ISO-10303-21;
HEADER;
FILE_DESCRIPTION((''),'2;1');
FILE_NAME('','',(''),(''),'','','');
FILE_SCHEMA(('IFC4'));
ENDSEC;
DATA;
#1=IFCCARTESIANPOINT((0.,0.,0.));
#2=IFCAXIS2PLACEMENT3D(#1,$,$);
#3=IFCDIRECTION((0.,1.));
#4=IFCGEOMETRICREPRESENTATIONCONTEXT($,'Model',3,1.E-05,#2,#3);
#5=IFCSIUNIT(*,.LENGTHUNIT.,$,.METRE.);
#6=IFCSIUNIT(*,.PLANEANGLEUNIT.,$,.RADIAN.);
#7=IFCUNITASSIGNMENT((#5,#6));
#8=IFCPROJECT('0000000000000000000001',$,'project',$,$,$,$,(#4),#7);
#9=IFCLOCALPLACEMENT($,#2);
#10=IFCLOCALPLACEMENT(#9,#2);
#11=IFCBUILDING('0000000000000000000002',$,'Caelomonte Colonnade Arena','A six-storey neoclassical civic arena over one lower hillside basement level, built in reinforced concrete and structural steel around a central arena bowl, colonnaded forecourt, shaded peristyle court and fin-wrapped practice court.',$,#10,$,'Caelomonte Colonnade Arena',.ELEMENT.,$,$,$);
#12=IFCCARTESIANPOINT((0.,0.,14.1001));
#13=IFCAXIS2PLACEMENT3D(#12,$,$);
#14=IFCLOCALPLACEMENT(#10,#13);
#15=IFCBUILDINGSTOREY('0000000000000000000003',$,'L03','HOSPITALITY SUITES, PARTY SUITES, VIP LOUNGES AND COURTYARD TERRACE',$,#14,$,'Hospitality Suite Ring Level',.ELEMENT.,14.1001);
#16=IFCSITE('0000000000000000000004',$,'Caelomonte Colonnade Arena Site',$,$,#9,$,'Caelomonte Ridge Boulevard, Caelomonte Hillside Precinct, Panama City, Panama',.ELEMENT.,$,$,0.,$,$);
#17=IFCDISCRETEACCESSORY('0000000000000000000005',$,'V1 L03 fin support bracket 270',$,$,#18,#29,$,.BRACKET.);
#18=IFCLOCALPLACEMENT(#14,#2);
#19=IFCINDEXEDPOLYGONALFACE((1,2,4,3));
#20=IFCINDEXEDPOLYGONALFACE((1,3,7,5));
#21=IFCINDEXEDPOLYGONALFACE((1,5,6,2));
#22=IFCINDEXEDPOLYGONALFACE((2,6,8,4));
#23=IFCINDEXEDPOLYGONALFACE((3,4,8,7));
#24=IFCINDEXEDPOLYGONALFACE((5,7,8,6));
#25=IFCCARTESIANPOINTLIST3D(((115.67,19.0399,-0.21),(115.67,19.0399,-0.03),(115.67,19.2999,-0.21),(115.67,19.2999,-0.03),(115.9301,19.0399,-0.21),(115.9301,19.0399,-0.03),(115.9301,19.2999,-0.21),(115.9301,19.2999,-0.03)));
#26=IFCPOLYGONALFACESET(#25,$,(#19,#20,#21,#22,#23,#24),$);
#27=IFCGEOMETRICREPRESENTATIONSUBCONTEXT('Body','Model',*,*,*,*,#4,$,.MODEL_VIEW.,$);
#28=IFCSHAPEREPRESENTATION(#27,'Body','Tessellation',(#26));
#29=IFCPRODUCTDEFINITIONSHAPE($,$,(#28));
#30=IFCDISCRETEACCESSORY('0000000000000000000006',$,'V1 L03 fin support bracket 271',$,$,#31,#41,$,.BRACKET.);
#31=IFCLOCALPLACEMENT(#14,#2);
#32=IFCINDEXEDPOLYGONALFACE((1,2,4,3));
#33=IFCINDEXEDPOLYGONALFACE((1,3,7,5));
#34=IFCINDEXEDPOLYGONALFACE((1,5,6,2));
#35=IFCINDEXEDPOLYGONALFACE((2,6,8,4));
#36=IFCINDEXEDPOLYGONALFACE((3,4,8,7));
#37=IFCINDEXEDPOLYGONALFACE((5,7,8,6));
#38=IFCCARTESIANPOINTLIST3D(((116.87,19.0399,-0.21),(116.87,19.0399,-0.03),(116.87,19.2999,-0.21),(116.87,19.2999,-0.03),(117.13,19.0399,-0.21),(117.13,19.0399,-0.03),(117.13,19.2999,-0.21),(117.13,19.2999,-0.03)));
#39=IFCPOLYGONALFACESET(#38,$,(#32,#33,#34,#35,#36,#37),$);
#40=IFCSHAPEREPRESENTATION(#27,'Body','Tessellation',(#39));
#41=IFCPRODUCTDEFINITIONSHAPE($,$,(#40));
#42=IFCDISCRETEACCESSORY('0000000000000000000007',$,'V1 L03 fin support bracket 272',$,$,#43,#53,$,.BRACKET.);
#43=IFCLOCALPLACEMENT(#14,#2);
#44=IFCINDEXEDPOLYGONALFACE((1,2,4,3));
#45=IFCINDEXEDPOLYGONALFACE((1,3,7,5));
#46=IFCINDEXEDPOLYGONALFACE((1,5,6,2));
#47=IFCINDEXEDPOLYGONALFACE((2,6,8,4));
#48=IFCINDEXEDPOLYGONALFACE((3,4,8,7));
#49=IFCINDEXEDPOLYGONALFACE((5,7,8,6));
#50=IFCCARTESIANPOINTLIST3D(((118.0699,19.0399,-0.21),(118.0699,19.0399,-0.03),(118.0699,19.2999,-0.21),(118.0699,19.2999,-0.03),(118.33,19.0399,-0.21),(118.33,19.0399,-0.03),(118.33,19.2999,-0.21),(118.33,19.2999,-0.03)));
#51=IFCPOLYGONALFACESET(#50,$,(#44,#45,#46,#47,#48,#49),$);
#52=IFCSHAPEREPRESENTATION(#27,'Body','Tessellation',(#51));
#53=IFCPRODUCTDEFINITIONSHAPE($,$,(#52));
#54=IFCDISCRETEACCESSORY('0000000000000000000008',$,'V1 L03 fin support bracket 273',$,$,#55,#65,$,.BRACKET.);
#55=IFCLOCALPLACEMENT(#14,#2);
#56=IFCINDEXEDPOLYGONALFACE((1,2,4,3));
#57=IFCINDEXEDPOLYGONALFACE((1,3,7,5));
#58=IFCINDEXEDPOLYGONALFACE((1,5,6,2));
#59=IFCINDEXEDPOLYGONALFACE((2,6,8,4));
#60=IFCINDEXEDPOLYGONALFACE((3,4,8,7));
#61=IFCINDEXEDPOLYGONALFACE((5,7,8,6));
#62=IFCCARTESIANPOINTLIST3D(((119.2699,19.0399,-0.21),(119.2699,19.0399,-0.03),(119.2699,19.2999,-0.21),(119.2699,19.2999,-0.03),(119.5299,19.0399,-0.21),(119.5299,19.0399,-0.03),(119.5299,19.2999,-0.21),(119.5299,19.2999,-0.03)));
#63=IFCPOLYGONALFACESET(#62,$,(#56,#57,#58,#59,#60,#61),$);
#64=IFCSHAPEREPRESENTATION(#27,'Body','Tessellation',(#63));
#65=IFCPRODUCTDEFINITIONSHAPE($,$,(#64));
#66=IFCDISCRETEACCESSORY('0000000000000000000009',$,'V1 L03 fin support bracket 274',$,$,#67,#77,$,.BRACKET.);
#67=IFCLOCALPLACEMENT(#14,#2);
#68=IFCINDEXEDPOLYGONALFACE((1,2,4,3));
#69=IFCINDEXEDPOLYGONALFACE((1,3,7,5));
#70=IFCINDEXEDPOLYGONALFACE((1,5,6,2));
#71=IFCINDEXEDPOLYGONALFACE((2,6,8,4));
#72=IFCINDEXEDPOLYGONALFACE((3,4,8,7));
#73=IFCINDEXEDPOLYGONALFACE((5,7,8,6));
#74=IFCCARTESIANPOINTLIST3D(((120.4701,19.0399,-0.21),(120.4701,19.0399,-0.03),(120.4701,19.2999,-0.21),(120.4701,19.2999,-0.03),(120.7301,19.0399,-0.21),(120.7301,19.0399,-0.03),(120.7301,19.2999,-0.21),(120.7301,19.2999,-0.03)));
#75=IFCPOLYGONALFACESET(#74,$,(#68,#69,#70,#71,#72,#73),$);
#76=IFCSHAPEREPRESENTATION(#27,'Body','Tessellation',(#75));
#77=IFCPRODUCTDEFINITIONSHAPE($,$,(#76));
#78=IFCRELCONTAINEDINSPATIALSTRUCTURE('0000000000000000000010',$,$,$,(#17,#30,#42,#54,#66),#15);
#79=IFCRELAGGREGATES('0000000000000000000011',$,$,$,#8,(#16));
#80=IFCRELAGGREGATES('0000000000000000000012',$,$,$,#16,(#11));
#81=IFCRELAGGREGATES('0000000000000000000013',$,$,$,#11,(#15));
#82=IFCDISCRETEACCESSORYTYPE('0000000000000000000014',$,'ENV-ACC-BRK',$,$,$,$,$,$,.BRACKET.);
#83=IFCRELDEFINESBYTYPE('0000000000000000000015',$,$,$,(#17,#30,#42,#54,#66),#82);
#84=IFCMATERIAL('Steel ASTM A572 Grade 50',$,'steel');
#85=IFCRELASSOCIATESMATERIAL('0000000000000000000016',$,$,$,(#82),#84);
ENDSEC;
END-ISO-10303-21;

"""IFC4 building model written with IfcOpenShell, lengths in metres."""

from ifc_helpers import new_model, si_unit, direction, frame, origin, origin_2d, place, context, subcontext, project, spatial, rectangle, extrude, material, type_object, element, save


model = new_model("IFC4")

# Units and contexts
model_context = context("Model", 3, precision=1e-05, world=origin(), true_north=direction((0.0, 1.0)))
body_context = subcontext(model_context, "Body", "Model", "MODEL_VIEW")
ifc_project = project(units=[si_unit("LENGTHUNIT", "METRE"), si_unit("PLANEANGLEUNIT", "RADIAN")], contexts=[model_context])

# Site, building, storey
site_placement = place(None, origin())
site = spatial("IfcSite", under=ifc_project, at=site_placement, Name="Caelomonte Colonnade Arena Site", LongName="Caelomonte Ridge Boulevard, Caelomonte Hillside Precinct, Panama City, Panama", CompositionType="ELEMENT", RefElevation=0.0)
building_placement = place(site_placement, origin())
building = spatial("IfcBuilding", under=site, at=building_placement, Name="Caelomonte Colonnade Arena", Description="A six-storey neoclassical civic arena over one lower hillside basement level, built in reinforced concrete and structural steel around a central arena bowl, colonnaded forecourt, shaded peristyle court and fin-wrapped practice court.", LongName="Caelomonte Colonnade Arena", CompositionType="ELEMENT")
storey_placement = place(building_placement, frame((0.0, 0.0, 14.1001)))
storey = spatial("IfcBuildingStorey", under=building, at=storey_placement, Name="L03", Description="HOSPITALITY SUITES, PARTY SUITES, VIP LOUNGES AND COURTYARD TERRACE", LongName="Hospitality Suite Ring Level", CompositionType="ELEMENT", Elevation=14.1001)

# Discrete accessories
ifc_material_1 = material(Name="Steel ASTM A572 Grade 50", Category="steel")
discrete_accessory_type = type_object("IfcDiscreteAccessoryType", Name="ENV-ACC-BRK", PredefinedType="BRACKET", material=ifc_material_1)
for number, where, z_axis, x_axis, name in (
    (1, (115.8, 19.1699, -0.21), (0.0, 0.0, 1.0), (1.0, 0.0, 0.0), "V1 L03 fin support bracket 270"),
    (2, (117.0, 19.1699, -0.21), (0.0, 0.0, 1.0), (1.0, 0.0, 0.0), "V1 L03 fin support bracket 271"),
    (3, (118.2, 19.1699, -0.21), (0.0, 0.0, 1.0), (1.0, 0.0, 0.0), "V1 L03 fin support bracket 272"),
    (4, (119.3999, 19.1699, -0.21), (0.0, 0.0, 1.0), (1.0, 0.0, 0.0), "V1 L03 fin support bracket 273"),
    (5, (120.6001, 19.1699, -0.21), (0.0, 0.0, 1.0), (1.0, 0.0, 0.0), "V1 L03 fin support bracket 274"),
):
    element("IfcDiscreteAccessory", number, at=place(storey_placement, frame(where, z_axis=z_axis, x_axis=x_axis)), inside=storey, type_object=discrete_accessory_type, Name=name, PredefinedType="BRACKET", context=body_context, shape_type="SweptSolid", body=[
        extrude(rectangle(XDim=0.26, YDim=0.26, at=origin_2d()), origin(), (0.0, 0.0, 1.0), 0.1799),
    ])

save(model, "model.ifc")
